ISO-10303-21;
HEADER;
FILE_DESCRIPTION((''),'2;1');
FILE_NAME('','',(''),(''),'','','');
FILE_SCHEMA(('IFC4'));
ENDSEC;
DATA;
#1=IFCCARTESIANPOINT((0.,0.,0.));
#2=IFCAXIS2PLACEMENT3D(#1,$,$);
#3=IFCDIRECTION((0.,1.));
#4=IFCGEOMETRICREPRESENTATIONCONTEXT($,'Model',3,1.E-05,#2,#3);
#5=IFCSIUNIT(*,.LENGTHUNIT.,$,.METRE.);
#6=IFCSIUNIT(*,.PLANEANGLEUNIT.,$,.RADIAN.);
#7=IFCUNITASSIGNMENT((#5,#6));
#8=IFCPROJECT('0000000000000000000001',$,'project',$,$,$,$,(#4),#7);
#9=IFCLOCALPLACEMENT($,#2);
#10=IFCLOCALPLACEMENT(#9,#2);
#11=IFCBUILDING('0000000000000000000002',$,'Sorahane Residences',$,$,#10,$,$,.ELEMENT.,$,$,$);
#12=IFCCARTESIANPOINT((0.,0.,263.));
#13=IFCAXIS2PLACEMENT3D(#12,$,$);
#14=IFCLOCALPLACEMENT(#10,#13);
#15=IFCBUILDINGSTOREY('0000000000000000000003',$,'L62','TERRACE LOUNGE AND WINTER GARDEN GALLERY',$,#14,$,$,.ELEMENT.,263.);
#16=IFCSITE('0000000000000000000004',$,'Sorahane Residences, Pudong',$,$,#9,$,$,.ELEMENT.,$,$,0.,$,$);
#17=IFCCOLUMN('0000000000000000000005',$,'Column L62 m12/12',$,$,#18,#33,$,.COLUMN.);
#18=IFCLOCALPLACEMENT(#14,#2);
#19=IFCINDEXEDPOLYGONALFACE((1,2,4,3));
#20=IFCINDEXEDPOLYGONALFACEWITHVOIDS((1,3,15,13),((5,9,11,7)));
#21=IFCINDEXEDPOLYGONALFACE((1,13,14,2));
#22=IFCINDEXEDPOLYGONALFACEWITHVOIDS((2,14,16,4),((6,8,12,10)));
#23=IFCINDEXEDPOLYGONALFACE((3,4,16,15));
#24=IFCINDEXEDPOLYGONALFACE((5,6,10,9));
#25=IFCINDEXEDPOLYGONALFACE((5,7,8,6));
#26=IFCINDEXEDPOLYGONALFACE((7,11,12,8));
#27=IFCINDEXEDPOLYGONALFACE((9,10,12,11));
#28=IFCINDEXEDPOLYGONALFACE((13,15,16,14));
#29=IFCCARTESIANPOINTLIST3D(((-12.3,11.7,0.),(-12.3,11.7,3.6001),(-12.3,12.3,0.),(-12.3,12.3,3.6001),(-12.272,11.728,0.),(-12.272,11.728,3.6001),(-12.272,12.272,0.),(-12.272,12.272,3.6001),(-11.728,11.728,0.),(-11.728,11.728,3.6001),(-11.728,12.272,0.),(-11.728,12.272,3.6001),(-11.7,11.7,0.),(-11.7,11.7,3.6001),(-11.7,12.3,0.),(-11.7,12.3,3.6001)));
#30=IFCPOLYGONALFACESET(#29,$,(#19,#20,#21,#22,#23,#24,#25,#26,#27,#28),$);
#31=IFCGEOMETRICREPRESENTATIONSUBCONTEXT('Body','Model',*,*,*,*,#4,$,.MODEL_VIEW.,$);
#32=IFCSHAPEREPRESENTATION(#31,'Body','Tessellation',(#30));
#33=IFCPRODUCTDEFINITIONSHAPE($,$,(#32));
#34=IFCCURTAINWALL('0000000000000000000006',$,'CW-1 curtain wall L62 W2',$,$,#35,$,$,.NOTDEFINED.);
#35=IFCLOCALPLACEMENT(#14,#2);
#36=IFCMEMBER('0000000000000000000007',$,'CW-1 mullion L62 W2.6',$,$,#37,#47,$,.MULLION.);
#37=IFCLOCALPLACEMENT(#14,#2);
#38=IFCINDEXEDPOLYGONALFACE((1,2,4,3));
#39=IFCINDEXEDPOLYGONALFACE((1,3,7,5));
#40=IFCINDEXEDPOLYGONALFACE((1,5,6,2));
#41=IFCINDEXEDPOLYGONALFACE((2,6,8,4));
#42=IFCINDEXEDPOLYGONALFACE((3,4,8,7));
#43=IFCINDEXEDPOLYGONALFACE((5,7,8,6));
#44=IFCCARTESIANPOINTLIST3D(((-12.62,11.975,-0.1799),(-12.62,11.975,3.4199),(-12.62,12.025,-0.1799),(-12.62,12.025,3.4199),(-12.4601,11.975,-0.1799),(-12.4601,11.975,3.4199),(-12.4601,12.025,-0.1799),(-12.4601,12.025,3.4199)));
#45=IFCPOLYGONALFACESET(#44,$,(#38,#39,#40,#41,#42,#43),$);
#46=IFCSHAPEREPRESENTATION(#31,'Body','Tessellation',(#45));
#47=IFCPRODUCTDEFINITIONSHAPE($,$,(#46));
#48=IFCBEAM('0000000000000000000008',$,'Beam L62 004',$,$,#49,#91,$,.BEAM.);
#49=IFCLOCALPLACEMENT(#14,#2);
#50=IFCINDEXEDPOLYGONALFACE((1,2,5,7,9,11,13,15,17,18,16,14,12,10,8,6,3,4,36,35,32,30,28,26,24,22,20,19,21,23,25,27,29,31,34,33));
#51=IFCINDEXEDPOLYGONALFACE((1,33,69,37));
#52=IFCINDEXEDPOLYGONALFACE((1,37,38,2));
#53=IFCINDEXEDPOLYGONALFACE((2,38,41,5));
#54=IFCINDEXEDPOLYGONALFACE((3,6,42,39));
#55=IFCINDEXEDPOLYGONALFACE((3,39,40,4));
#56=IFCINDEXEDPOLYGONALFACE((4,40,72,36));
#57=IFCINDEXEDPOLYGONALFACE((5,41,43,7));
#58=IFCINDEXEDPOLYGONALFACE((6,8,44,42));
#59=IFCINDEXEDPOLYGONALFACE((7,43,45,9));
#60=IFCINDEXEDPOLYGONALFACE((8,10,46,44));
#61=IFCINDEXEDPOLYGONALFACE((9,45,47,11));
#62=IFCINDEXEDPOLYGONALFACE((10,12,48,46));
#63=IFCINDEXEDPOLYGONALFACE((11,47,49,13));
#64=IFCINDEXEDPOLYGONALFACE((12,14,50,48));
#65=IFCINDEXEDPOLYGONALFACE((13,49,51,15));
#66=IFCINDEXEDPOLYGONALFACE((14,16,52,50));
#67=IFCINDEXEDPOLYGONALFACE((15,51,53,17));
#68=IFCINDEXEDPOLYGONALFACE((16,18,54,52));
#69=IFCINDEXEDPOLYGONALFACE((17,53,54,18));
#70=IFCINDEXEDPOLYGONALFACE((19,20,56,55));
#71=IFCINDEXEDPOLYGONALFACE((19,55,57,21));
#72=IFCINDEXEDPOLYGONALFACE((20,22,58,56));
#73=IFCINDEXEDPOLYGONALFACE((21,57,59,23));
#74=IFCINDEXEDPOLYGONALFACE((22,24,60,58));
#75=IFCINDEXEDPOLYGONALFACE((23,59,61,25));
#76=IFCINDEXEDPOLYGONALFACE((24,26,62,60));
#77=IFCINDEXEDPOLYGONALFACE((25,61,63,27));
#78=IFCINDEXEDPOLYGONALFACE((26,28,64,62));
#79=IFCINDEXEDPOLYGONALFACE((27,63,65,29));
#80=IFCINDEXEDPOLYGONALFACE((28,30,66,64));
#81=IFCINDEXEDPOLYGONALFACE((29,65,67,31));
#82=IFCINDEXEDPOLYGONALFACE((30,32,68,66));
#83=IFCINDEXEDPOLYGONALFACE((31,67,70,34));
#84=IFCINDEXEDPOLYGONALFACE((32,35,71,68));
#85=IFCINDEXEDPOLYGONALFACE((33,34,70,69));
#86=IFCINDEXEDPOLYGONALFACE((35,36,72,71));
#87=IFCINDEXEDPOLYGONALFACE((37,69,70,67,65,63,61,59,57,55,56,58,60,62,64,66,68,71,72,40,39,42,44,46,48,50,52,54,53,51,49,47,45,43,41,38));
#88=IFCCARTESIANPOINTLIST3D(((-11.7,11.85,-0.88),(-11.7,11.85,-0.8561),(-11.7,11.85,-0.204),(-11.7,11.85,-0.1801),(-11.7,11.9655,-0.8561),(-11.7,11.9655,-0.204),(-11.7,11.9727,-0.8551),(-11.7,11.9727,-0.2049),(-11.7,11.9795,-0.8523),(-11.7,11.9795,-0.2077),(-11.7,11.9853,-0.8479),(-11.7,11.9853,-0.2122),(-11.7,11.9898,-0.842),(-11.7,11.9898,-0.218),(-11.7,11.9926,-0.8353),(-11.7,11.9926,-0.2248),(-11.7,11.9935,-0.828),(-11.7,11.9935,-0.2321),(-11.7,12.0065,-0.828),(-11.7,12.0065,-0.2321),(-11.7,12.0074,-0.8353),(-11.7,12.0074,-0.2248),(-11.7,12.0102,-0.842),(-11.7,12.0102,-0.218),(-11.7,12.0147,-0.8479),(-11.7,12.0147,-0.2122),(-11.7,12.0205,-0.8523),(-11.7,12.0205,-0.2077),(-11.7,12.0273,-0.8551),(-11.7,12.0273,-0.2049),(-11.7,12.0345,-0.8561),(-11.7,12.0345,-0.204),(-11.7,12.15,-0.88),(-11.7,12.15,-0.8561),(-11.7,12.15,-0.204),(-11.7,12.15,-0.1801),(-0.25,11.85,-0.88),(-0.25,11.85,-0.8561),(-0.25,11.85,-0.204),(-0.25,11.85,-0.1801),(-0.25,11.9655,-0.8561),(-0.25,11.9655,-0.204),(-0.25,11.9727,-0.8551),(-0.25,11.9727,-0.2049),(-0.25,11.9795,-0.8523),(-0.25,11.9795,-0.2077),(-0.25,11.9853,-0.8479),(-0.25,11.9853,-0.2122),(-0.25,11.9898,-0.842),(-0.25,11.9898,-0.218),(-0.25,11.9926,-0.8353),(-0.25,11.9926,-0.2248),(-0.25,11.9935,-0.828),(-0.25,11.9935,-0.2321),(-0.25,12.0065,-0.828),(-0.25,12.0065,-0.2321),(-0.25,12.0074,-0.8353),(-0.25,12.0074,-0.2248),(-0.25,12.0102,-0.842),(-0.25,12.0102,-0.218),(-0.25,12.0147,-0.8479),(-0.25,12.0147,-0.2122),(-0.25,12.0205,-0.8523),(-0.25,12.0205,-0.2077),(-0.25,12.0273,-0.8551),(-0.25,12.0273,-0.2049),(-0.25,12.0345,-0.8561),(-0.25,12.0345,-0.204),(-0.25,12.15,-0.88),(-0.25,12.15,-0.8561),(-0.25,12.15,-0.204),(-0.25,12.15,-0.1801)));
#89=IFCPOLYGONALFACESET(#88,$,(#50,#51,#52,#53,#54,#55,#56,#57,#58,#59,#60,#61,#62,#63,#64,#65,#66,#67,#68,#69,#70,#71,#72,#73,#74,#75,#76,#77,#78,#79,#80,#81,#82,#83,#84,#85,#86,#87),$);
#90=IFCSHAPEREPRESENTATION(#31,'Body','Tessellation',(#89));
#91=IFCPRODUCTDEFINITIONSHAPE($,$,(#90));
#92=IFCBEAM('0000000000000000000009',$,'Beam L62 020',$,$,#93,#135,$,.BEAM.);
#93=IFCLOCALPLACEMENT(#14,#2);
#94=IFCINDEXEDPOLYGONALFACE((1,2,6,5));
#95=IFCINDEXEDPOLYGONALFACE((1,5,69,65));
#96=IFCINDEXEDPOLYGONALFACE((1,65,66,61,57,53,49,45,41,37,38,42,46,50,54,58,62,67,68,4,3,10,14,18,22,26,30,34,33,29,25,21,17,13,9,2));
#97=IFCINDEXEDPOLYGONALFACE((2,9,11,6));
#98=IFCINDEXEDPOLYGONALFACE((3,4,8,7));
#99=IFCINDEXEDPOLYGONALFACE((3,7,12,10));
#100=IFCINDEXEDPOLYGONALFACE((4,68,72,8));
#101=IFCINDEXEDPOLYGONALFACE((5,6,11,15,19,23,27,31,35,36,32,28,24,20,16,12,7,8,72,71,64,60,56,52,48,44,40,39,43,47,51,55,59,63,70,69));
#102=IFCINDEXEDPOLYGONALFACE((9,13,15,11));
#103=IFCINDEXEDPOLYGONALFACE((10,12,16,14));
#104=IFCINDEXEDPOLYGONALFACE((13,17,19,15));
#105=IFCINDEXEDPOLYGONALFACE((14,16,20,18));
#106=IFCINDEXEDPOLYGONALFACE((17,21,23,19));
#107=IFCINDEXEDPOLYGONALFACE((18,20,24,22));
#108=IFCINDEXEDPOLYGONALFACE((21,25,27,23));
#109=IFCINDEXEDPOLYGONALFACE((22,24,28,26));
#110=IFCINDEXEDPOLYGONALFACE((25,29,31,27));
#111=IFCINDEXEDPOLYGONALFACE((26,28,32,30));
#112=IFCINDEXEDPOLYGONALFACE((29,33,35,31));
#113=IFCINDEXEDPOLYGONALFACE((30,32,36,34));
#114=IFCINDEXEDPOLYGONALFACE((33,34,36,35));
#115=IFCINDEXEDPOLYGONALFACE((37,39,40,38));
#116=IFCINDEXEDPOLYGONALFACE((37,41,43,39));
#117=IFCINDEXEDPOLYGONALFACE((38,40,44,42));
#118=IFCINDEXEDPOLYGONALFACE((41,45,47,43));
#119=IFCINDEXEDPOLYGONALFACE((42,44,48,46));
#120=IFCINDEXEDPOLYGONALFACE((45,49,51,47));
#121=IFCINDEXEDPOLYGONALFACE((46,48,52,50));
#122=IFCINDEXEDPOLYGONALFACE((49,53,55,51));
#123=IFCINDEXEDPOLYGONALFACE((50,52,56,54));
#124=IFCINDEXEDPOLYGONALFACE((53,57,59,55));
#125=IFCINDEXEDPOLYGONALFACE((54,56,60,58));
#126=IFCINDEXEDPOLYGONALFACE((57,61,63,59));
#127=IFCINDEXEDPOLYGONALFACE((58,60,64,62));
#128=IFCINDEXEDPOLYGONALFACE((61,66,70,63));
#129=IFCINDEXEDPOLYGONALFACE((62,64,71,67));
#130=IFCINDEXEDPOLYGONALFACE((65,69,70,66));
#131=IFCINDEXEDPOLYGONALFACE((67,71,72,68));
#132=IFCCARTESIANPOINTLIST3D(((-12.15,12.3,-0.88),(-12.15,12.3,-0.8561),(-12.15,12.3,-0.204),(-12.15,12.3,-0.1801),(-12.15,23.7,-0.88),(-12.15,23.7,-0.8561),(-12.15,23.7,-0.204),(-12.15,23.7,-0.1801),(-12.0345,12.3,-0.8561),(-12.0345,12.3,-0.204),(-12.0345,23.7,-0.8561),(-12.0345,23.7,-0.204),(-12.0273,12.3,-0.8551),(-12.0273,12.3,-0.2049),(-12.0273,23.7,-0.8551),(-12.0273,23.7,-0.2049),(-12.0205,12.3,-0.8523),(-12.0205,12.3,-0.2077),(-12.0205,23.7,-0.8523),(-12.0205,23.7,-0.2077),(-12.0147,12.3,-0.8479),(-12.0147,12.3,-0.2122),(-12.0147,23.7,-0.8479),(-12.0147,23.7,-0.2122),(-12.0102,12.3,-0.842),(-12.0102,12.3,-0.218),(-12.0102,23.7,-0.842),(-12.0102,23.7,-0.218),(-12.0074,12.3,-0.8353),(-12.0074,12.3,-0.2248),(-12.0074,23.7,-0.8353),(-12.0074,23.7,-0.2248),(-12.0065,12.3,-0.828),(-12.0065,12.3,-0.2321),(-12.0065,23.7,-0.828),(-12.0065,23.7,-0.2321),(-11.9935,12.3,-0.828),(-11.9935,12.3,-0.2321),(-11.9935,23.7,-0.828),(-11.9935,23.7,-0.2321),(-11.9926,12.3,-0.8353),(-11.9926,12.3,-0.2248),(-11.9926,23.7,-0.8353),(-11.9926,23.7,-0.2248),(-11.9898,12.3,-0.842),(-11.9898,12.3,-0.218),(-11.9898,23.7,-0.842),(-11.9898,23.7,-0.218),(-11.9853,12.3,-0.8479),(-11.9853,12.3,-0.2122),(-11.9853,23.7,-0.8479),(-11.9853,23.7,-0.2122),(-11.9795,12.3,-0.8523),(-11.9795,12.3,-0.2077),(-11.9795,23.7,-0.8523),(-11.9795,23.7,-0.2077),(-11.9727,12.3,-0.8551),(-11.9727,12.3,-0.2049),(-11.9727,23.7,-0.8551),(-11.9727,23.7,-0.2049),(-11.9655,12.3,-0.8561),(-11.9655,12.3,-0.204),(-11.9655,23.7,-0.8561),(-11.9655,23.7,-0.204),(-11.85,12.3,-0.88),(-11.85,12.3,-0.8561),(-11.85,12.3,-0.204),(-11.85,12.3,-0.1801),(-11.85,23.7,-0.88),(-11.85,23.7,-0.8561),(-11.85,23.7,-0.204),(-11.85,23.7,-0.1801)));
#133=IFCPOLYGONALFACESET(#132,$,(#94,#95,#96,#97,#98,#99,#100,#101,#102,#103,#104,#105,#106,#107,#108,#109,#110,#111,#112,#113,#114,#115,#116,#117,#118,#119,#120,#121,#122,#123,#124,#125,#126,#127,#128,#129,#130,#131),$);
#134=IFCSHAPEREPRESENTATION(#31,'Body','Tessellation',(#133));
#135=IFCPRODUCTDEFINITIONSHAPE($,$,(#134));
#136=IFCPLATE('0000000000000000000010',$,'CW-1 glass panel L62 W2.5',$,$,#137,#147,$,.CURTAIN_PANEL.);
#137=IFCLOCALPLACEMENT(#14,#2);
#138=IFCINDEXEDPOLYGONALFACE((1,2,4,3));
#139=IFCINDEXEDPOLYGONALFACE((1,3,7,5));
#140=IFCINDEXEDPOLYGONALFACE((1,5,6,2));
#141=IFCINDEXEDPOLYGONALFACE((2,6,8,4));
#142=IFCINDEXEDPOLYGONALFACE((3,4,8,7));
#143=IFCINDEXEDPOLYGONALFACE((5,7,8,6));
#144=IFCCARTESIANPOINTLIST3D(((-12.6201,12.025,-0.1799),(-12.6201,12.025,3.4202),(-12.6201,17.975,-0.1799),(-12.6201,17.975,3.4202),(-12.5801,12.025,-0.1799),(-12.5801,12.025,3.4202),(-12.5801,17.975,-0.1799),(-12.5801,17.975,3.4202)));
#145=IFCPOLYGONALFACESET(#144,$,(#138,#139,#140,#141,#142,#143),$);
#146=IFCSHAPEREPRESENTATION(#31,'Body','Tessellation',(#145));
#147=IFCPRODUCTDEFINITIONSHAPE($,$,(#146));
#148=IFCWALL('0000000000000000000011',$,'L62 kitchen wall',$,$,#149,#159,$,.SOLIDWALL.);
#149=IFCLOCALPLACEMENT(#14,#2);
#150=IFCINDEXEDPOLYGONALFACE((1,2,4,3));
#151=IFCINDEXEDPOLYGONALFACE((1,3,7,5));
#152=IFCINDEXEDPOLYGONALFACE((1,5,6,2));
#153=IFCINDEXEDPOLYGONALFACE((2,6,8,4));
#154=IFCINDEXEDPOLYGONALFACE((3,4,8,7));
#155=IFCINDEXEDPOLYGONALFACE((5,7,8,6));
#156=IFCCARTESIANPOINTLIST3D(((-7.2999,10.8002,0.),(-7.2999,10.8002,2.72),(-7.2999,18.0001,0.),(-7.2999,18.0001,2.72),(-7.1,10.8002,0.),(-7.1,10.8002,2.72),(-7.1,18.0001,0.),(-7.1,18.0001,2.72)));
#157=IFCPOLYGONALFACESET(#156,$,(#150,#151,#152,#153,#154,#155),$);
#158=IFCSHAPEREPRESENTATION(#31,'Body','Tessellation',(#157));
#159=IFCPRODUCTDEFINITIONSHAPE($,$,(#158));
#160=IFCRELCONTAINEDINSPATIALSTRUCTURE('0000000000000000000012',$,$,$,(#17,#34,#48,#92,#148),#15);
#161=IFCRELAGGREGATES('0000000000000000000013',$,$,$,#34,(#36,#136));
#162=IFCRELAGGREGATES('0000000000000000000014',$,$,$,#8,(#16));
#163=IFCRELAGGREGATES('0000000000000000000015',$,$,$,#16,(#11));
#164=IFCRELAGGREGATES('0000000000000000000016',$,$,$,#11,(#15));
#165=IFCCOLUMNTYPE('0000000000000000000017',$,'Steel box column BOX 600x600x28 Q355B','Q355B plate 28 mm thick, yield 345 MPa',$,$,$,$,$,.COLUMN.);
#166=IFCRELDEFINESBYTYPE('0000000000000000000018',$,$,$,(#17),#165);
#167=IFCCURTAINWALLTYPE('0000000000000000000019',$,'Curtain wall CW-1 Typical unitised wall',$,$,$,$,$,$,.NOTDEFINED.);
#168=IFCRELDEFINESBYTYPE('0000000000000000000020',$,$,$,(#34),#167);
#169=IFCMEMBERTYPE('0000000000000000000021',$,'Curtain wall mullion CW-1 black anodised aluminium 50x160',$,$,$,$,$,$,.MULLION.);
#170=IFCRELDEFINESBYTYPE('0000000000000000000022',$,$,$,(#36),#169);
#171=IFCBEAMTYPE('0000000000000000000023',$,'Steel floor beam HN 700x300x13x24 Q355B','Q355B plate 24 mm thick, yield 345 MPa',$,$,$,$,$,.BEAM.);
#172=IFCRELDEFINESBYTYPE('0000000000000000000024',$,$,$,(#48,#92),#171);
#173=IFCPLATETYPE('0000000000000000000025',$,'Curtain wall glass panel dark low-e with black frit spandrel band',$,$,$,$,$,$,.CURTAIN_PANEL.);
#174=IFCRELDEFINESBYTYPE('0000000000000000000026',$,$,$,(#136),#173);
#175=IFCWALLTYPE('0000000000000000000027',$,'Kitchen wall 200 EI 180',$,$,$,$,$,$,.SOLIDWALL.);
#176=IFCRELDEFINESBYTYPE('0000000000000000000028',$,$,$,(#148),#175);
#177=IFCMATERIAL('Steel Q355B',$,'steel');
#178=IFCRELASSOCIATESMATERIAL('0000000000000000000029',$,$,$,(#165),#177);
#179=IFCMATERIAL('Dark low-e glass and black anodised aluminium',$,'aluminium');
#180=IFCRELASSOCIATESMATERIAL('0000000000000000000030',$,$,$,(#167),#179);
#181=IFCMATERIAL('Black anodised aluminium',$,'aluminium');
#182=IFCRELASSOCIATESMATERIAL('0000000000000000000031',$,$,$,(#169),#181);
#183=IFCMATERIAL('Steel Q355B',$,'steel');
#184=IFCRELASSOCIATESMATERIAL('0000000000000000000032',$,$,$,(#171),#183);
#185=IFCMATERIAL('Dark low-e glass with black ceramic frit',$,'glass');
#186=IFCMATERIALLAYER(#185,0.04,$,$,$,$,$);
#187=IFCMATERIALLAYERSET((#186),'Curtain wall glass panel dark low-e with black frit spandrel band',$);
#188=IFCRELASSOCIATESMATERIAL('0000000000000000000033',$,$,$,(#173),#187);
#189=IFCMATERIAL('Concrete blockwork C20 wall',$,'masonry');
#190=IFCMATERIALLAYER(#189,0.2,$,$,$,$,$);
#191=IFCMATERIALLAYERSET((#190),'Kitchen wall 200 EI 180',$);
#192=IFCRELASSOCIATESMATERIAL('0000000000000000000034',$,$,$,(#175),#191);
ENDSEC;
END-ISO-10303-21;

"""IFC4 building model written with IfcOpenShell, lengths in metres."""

from ifc_helpers import new_model, si_unit, direction, frame, frame_2d, origin, origin_2d, place, context, subcontext, project, spatial, rectangle, hollow_rectangle, i_section, extrude, material, layer, layer_set, material_profile, profile_set, type_object, element, aggregate, save


model = new_model("IFC4")

# Units and contexts
model_context = context("Model", 3, precision=1e-05, world=origin(), true_north=direction((0.0, 1.0)))
body_context = subcontext(model_context, "Body", "Model", "MODEL_VIEW")
ifc_project = project(units=[si_unit("LENGTHUNIT", "METRE"), si_unit("PLANEANGLEUNIT", "RADIAN")], contexts=[model_context])

# Site, building, storey
site_placement = place(None, origin())
site = spatial("IfcSite", under=ifc_project, at=site_placement, Name="Sorahane Residences, Pudong", CompositionType="ELEMENT", RefElevation=0.0)
building_placement = place(site_placement, origin())
building = spatial("IfcBuilding", under=site, at=building_placement, Name="Sorahane Residences", CompositionType="ELEMENT")
storey_placement = place(building_placement, frame((0.0, 0.0, 263.0)))
storey = spatial("IfcBuildingStorey", under=building, at=storey_placement, Name="L62", Description="TERRACE LOUNGE AND WINTER GARDEN GALLERY", CompositionType="ELEMENT", Elevation=263.0)

# Column
ifc_material_1 = material(Name="Steel Q355B", Category="steel")
ifc_material_profile_1 = material_profile(ifc_material_1, hollow_rectangle(XDim=0.6001, YDim=0.6001, WallThickness=0.0281, at=origin_2d()), Name="BOX 600x600x28")
ifc_profile_set_1 = profile_set([ifc_material_profile_1], Name="Steel Q355B")
column_type = type_object("IfcColumnType", Name="Steel box column BOX 600x600x28 Q355B", Description="Q355B plate 28 mm thick, yield 345 MPa", PredefinedType="COLUMN", material=ifc_profile_set_1)
column_placement = place(storey_placement, frame((-12.0, 12.0, 0.0), z_axis=(0.0, 0.0, 1.0), x_axis=(1.0, 0.0, 0.0)))
element("IfcColumn", 1, at=column_placement, inside=storey, type_object=column_type, Name="Column L62 m12/12", PredefinedType="COLUMN", context=body_context, shape_type="SweptSolid", body=[
    extrude(hollow_rectangle(XDim=0.6001, YDim=0.6001, WallThickness=0.0281, at=origin_2d()), origin(), (0.0, 0.0, 1.0), 3.6001),
])

# Curtain wall, member
ifc_material_2 = material(Name="Dark low-e glass and black anodised aluminium", Category="aluminium")
curtain_wall_type = type_object("IfcCurtainWallType", Name="Curtain wall CW-1 Typical unitised wall", PredefinedType="NOTDEFINED", material=ifc_material_2)
curtain_wall_placement = place(storey_placement, origin())
curtain_wall = element("IfcCurtainWall", 2, at=curtain_wall_placement, inside=storey, type_object=curtain_wall_type, Name="CW-1 curtain wall L62 W2", PredefinedType="NOTDEFINED")
ifc_material_3 = material(Name="Black anodised aluminium", Category="aluminium")
ifc_material_profile_2 = material_profile(ifc_material_3, rectangle(XDim=0.1599, YDim=0.05, at=origin_2d()), Name="Curtain wall mullion CW-1 black anodised aluminium 50x160")
ifc_profile_set_2 = profile_set([ifc_material_profile_2], Name="Black anodised aluminium")
member_type = type_object("IfcMemberType", Name="Curtain wall mullion CW-1 black anodised aluminium 50x160", PredefinedType="MULLION", material=ifc_profile_set_2)
member_placement = place(storey_placement, frame((-12.54, 12.0, -0.1799), z_axis=(0.0, 0.0, 1.0), x_axis=(-1.0, 0.0, 0.0)))
member = element("IfcMember", 3, at=member_placement, type_object=member_type, Name="CW-1 mullion L62 W2.6", PredefinedType="MULLION", context=body_context, shape_type="SweptSolid", body=[
    extrude(rectangle(XDim=0.1599, YDim=0.05, at=origin_2d()), origin(), (0.0, 0.0, 1.0), 3.5999),
])

# Beams
ifc_material_4 = material(Name="Steel Q355B", Category="steel")
ifc_material_profile_3 = material_profile(ifc_material_4, i_section(OverallWidth=0.3, OverallDepth=0.7, WebThickness=0.0129, FlangeThickness=0.0239, FilletRadius=0.0281, at=origin_2d()), Name="HN 700x300x13x24")
ifc_profile_set_3 = profile_set([ifc_material_profile_3], Name="Steel Q355B")
beam_type = type_object("IfcBeamType", Name="Steel floor beam HN 700x300x13x24 Q355B", Description="Q355B plate 24 mm thick, yield 345 MPa", PredefinedType="BEAM", material=ifc_profile_set_3)
beam_1_placement = place(storey_placement, frame((-11.7, 12.0, -0.53), z_axis=(1.0, 0.0, 0.0), x_axis=(0.0, 1.0, 0.0)))
element("IfcBeam", 4, at=beam_1_placement, inside=storey, type_object=beam_type, Name="Beam L62 004", PredefinedType="BEAM", context=body_context, shape_type="SweptSolid", body=[
    extrude(i_section(OverallWidth=0.3, OverallDepth=0.7, WebThickness=0.0129, FlangeThickness=0.0239, FilletRadius=0.0281, at=origin_2d()), origin(), (0.0, 0.0, 1.0), 11.45),
])
beam_2_placement = place(storey_placement, frame((-12.0, 12.3, -0.53), z_axis=(0.0, 1.0, 0.0), x_axis=(-1.0, 0.0, 0.0)))
element("IfcBeam", 5, at=beam_2_placement, inside=storey, type_object=beam_type, Name="Beam L62 020", PredefinedType="BEAM", context=body_context, shape_type="SweptSolid", body=[
    extrude(i_section(OverallWidth=0.3, OverallDepth=0.7, WebThickness=0.0129, FlangeThickness=0.0239, FilletRadius=0.0281, at=origin_2d()), origin(), (0.0, 0.0, 1.0), 11.3999),
])

# Plate
ifc_material_5 = material(Name="Dark low-e glass with black ceramic frit", Category="glass")
ifc_layer_1 = layer(ifc_material_5, 0.04)
ifc_layer_set_1 = layer_set([ifc_layer_1], Name="Curtain wall glass panel dark low-e with black frit spandrel band")
plate_type = type_object("IfcPlateType", Name="Curtain wall glass panel dark low-e with black frit spandrel band", PredefinedType="CURTAIN_PANEL", material=ifc_layer_set_1)
plate_placement = place(storey_placement, frame((-12.6001, 15.0, -0.1799), z_axis=(0.0, 0.0, 1.0), x_axis=(0.0, -1.0, 0.0)))
plate = element("IfcPlate", 6, at=plate_placement, type_object=plate_type, Name="CW-1 glass panel L62 W2.5", PredefinedType="CURTAIN_PANEL", context=body_context, shape_type="SweptSolid", body=[
    extrude(rectangle(XDim=5.95, YDim=0.04, at=origin_2d()), origin(), (0.0, 0.0, 1.0), 3.6001),
])
aggregate(curtain_wall, [member, plate])

# Wall
ifc_material_6 = material(Name="Concrete blockwork C20 wall", Category="masonry")
ifc_layer_2 = layer(ifc_material_6, 0.2)
ifc_layer_set_2 = layer_set([ifc_layer_2], Name="Kitchen wall 200 EI 180")
wall_type_1 = type_object("IfcWallType", Name="Kitchen wall 200 EI 180", PredefinedType="SOLIDWALL", material=ifc_layer_set_2)
wall_1_placement = place(storey_placement, frame((-7.2, 10.8, 0.0), z_axis=(0.0, 0.0, 1.0), x_axis=(0.0, 1.0, 0.0)))
element("IfcWall", 7, at=wall_1_placement, inside=storey, type_object=wall_type_1, Name="L62 kitchen wall", PredefinedType="SOLIDWALL", context=body_context, shape_type="SweptSolid", body=[
    extrude(rectangle(XDim=7.2, YDim=0.2, at=frame_2d((3.6001, 0.0))), origin(), (0.0, 0.0, 1.0), 2.72),
])

save(model, "model.ifc")
